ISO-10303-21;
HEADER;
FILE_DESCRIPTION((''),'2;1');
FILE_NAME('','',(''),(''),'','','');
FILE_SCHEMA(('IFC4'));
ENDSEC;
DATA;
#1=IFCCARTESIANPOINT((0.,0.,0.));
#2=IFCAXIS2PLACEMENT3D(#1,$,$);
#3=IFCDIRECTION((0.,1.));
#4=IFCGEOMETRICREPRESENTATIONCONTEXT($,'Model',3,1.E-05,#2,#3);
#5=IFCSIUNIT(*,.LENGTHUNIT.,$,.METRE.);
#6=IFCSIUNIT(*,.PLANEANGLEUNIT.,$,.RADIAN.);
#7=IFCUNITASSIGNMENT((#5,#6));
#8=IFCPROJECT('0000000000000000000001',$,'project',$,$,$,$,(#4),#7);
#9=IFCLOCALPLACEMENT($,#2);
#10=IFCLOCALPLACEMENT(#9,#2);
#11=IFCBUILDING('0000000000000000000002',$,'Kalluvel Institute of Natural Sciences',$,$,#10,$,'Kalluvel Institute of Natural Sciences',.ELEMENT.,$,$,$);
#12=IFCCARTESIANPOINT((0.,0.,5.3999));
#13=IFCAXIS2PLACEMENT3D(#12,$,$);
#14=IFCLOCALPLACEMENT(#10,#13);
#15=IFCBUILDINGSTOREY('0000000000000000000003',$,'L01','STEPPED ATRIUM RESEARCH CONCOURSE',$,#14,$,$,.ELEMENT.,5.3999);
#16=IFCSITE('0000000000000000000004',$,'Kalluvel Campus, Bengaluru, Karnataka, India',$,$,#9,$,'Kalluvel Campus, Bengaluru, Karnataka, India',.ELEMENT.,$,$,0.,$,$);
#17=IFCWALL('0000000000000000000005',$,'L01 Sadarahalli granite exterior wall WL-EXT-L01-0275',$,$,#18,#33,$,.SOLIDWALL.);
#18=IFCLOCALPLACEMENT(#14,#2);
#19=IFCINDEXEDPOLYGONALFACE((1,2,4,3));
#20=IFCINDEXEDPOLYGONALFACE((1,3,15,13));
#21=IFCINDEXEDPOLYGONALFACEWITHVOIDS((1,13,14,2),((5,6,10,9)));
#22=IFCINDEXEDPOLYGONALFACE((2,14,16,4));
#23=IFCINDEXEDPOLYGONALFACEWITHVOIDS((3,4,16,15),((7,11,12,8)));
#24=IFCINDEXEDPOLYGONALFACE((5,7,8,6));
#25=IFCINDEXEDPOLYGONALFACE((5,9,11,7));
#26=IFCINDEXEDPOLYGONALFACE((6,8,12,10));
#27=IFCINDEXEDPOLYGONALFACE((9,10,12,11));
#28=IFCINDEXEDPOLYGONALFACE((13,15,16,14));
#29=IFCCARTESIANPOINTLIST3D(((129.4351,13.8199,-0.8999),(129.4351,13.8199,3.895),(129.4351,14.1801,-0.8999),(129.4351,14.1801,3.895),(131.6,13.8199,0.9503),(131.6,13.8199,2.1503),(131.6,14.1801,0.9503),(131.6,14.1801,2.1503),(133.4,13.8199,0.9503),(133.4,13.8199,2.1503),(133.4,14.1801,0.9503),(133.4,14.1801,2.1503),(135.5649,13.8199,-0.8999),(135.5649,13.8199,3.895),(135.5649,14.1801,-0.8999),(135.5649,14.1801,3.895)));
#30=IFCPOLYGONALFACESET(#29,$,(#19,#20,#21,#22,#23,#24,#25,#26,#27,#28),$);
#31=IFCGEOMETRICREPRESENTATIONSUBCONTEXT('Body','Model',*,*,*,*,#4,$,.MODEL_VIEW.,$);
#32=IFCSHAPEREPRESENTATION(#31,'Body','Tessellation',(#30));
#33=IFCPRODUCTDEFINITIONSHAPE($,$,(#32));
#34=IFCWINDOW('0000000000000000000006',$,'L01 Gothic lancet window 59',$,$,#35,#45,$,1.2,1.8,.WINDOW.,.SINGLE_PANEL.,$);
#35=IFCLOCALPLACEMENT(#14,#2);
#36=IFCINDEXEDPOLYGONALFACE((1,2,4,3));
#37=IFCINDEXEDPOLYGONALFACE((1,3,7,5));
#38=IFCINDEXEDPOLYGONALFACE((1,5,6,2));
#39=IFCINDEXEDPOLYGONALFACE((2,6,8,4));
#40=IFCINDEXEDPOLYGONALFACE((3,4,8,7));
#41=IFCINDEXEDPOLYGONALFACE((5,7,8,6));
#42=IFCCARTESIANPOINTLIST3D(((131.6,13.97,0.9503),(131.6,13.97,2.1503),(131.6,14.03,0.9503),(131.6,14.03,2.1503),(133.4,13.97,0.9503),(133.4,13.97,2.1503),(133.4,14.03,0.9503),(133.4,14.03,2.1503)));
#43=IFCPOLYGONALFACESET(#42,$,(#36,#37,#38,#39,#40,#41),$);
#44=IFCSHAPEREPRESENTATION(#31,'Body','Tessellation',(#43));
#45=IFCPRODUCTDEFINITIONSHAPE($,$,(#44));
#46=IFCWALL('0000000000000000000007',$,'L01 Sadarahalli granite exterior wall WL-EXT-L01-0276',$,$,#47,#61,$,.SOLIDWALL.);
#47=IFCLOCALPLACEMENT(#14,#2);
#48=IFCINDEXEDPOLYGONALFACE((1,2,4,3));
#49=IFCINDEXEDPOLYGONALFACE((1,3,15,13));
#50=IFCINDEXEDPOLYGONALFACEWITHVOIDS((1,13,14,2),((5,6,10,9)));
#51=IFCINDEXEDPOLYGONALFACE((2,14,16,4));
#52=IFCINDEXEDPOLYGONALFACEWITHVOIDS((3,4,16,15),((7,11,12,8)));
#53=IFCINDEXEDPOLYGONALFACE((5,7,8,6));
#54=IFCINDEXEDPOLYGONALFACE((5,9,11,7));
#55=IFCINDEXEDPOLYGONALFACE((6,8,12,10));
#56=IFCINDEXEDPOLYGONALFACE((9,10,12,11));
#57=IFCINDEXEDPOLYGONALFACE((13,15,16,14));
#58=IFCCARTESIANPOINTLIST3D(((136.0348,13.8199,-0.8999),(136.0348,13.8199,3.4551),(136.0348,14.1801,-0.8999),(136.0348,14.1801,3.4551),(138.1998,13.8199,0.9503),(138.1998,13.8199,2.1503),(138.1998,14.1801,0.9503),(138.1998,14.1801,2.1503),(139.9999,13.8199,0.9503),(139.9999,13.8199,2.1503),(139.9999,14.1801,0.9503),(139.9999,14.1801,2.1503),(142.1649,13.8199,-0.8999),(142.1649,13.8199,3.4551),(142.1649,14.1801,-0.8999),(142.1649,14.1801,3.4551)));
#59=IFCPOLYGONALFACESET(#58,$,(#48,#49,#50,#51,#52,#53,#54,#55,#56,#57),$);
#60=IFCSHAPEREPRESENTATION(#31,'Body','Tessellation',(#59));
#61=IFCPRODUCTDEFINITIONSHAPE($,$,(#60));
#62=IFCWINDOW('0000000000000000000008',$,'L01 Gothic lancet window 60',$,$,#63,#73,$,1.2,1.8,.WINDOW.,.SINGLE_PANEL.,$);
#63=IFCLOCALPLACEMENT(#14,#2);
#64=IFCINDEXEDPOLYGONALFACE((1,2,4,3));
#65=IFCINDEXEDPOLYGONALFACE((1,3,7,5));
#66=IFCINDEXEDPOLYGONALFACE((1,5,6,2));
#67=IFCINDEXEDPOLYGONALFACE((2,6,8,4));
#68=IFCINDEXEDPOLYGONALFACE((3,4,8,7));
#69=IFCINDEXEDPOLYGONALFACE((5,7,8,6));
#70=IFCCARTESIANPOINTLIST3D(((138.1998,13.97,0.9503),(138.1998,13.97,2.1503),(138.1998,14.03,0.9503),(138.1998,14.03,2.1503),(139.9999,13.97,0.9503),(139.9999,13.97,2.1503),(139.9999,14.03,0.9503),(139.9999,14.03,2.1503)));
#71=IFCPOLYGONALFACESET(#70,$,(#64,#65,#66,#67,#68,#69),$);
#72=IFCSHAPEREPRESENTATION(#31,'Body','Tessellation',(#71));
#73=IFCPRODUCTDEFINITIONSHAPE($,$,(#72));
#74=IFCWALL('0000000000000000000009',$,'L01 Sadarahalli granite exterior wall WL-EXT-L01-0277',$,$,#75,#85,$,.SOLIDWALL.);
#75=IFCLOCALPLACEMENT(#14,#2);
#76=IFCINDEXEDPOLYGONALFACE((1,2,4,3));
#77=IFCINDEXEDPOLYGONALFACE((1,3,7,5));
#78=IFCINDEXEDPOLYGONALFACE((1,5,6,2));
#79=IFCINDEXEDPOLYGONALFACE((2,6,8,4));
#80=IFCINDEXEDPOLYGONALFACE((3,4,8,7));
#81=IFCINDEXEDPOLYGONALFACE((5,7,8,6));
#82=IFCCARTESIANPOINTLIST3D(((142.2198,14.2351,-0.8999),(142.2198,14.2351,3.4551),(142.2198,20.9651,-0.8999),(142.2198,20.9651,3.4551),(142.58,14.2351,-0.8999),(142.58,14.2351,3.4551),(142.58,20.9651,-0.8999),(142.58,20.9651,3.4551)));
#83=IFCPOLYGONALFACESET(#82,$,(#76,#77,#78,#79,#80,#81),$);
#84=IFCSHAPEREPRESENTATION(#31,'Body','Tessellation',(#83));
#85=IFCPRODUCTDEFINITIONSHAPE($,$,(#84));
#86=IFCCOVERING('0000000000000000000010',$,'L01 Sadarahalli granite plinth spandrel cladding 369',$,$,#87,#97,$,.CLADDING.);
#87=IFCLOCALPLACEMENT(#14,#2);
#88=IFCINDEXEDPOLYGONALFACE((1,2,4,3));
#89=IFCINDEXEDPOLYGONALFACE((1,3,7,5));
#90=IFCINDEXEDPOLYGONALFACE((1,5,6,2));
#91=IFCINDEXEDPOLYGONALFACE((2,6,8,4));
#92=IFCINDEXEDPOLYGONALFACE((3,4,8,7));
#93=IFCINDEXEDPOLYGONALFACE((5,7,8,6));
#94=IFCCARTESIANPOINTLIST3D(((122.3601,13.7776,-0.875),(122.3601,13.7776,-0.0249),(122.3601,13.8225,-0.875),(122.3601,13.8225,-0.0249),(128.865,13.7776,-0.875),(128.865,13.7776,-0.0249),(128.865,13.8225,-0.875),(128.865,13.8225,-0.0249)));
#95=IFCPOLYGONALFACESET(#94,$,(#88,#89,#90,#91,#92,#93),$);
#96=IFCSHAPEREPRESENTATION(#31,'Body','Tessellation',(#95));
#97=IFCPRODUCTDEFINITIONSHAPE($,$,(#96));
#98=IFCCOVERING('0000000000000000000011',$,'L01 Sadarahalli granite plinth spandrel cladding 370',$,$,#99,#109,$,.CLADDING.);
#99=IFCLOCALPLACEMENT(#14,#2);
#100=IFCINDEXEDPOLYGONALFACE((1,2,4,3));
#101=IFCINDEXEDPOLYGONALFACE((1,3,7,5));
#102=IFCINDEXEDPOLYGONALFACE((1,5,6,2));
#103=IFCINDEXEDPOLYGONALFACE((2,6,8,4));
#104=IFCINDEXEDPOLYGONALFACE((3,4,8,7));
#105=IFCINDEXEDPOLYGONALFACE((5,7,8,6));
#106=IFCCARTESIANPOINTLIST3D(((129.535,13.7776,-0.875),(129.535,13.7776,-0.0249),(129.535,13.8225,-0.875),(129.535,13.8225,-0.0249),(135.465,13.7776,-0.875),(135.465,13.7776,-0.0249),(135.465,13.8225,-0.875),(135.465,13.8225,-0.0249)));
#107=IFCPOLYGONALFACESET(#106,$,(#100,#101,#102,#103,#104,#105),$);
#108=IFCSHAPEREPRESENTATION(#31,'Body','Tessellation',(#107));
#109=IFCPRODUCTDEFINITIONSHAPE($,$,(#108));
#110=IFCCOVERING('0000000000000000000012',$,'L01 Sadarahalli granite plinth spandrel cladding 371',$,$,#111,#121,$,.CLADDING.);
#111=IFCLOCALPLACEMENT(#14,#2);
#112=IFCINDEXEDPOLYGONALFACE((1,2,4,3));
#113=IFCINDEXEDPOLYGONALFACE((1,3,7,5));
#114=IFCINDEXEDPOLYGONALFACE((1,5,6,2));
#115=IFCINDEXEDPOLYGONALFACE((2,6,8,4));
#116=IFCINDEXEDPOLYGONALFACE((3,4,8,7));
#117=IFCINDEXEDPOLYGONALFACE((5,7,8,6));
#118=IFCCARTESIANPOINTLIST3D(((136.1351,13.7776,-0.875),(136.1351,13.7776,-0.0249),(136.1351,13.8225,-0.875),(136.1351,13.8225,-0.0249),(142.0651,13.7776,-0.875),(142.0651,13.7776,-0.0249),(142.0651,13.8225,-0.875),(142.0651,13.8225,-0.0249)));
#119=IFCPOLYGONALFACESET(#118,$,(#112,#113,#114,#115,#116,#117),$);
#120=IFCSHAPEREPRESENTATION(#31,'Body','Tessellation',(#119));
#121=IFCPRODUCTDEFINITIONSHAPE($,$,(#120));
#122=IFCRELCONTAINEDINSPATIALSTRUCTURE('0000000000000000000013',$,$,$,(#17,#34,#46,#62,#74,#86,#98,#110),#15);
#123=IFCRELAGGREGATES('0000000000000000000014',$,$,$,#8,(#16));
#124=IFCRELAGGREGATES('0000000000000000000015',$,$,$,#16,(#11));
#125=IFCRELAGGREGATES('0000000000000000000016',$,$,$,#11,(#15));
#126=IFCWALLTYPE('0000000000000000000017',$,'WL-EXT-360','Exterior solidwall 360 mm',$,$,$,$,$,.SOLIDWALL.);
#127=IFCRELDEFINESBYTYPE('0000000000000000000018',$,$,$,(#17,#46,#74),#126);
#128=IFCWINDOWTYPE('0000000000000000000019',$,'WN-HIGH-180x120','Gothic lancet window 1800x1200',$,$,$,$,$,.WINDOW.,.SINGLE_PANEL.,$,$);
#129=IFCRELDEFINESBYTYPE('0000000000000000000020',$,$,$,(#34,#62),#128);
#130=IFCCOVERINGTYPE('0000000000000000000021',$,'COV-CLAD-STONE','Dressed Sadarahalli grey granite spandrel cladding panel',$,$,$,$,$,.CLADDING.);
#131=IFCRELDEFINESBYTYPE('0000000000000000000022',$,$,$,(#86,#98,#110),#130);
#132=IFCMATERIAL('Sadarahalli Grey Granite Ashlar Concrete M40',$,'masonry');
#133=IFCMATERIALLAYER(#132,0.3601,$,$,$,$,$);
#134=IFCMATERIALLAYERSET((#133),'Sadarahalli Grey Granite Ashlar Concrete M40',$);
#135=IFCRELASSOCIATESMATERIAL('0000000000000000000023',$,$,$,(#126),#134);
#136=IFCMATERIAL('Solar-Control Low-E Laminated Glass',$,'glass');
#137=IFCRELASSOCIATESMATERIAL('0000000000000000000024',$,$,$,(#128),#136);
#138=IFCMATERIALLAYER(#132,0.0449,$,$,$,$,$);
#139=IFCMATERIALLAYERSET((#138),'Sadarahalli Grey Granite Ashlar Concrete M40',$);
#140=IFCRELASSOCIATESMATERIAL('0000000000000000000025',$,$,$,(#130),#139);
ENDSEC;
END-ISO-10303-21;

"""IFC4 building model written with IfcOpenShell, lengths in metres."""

from ifc_helpers import new_model, si_unit, direction, frame, frame_2d, origin, origin_2d, place, context, subcontext, project, spatial, rectangle, extrude, material, layer, layer_set, type_object, element, fill, save


model = new_model("IFC4")

# Units and contexts
model_context = context("Model", 3, precision=1e-05, world=origin(), true_north=direction((0.0, 1.0)))
body_context = subcontext(model_context, "Body", "Model", "MODEL_VIEW")
ifc_project = project(units=[si_unit("LENGTHUNIT", "METRE"), si_unit("PLANEANGLEUNIT", "RADIAN")], contexts=[model_context])

# Site, building, storey
site_placement = place(None, origin())
site = spatial("IfcSite", under=ifc_project, at=site_placement, Name="Kalluvel Campus, Bengaluru, Karnataka, India", LongName="Kalluvel Campus, Bengaluru, Karnataka, India", CompositionType="ELEMENT", RefElevation=0.0)
building_placement = place(site_placement, origin())
building = spatial("IfcBuilding", under=site, at=building_placement, Name="Kalluvel Institute of Natural Sciences", LongName="Kalluvel Institute of Natural Sciences", CompositionType="ELEMENT")
storey_placement = place(building_placement, frame((0.0, 0.0, 5.3999)))
storey = spatial("IfcBuildingStorey", under=building, at=storey_placement, Name="L01", Description="STEPPED ATRIUM RESEARCH CONCOURSE", CompositionType="ELEMENT", Elevation=5.3999)

# Walls, openings, windows
ifc_material_1 = material(Name="Sadarahalli Grey Granite Ashlar Concrete M40", Category="masonry")
ifc_layer_1 = layer(ifc_material_1, 0.3601)
ifc_layer_set_1 = layer_set([ifc_layer_1], Name="Sadarahalli Grey Granite Ashlar Concrete M40")
wall_type = type_object("IfcWallType", Name="WL-EXT-360", Description="Exterior solidwall 360 mm", PredefinedType="SOLIDWALL", material=ifc_layer_set_1)
ifc_material_2 = material(Name="Solar-Control Low-E Laminated Glass", Category="glass")
window_type = type_object("IfcWindowType", Name="WN-HIGH-180x120", Description="Gothic lancet window 1800x1200", PartitioningType="SINGLE_PANEL", PredefinedType="WINDOW", material=ifc_material_2)
wall_1_placement = place(storey_placement, frame((129.4351, 14.0, -0.8999), z_axis=(0.0, 0.0, 1.0), x_axis=(1.0, 0.0, 0.0)))
wall_1 = element("IfcWall", 1, at=wall_1_placement, inside=storey, type_object=wall_type, Name="L01 Sadarahalli granite exterior wall WL-EXT-L01-0275", PredefinedType="SOLIDWALL", context=body_context, shape_type="SweptSolid", body=[
    extrude(rectangle(XDim=6.1299, YDim=0.3601, at=frame_2d((3.0649, 0.0))), origin(), (0.0, 0.0, 1.0), 4.7949),
])
opening_1_placement = place(wall_1_placement, frame((2.165, 0.0, 1.8501)))
opening_1 = element("IfcOpeningElement", 2, at=opening_1_placement, cuts=wall_1, PredefinedType="OPENING", context=body_context, shape_type="SweptSolid", body=[
    extrude(rectangle(XDim=1.8, YDim=1.2, at=frame_2d((0.8999, 0.6001))), frame((0.0, 0.1899, 0.0), z_axis=(0.0, -1.0, 0.0), x_axis=(1.0, 0.0, 0.0)), (0.0, 0.0, 1.0), 0.3801),
])
window_1_placement = place(opening_1_placement, origin())
window_1 = element("IfcWindow", 3, at=window_1_placement, inside=storey, type_object=window_type, Name="L01 Gothic lancet window 59", OverallHeight=1.2, OverallWidth=1.8, PartitioningType="SINGLE_PANEL", PredefinedType="WINDOW", context=body_context, shape_type="SweptSolid", body=[
    extrude(rectangle(XDim=1.8, YDim=1.2, at=frame_2d((0.8999, 0.6001))), frame((0.0, 0.03, 0.0), z_axis=(0.0, -1.0, 0.0), x_axis=(1.0, 0.0, 0.0)), (0.0, 0.0, 1.0), 0.0601),
])
fill(opening_1, window_1)
wall_2_placement = place(storey_placement, frame((136.0349, 14.0, -0.8999), z_axis=(0.0, 0.0, 1.0), x_axis=(1.0, 0.0, 0.0)))
wall_2 = element("IfcWall", 4, at=wall_2_placement, inside=storey, type_object=wall_type, Name="L01 Sadarahalli granite exterior wall WL-EXT-L01-0276", PredefinedType="SOLIDWALL", context=body_context, shape_type="SweptSolid", body=[
    extrude(rectangle(XDim=6.1301, YDim=0.3601, at=frame_2d((3.0649, 0.0))), origin(), (0.0, 0.0, 1.0), 4.355),
])
opening_2_placement = place(wall_2_placement, frame((2.165, 0.0, 1.8501)))
opening_2 = element("IfcOpeningElement", 5, at=opening_2_placement, cuts=wall_2, PredefinedType="OPENING", context=body_context, shape_type="SweptSolid", body=[
    extrude(rectangle(XDim=1.8, YDim=1.2, at=frame_2d((0.8999, 0.6001))), frame((0.0, 0.1899, 0.0), z_axis=(0.0, -1.0, 0.0), x_axis=(1.0, 0.0, 0.0)), (0.0, 0.0, 1.0), 0.3801),
])
window_2_placement = place(opening_2_placement, origin())
window_2 = element("IfcWindow", 6, at=window_2_placement, inside=storey, type_object=window_type, Name="L01 Gothic lancet window 60", OverallHeight=1.2, OverallWidth=1.8, PartitioningType="SINGLE_PANEL", PredefinedType="WINDOW", context=body_context, shape_type="SweptSolid", body=[
    extrude(rectangle(XDim=1.8, YDim=1.2, at=frame_2d((0.8999, 0.6001))), frame((0.0, 0.03, 0.0), z_axis=(0.0, -1.0, 0.0), x_axis=(1.0, 0.0, 0.0)), (0.0, 0.0, 1.0), 0.0601),
])
fill(opening_2, window_2)

# Wall
wall_3_placement = place(storey_placement, frame((142.3999, 14.2351, -0.8999), z_axis=(0.0, 0.0, 1.0), x_axis=(0.0, 1.0, 0.0)))
element("IfcWall", 7, at=wall_3_placement, inside=storey, type_object=wall_type, Name="L01 Sadarahalli granite exterior wall WL-EXT-L01-0277", PredefinedType="SOLIDWALL", context=body_context, shape_type="SweptSolid", body=[
    extrude(rectangle(XDim=6.73, YDim=0.3601, at=frame_2d((3.365, 0.0))), origin(), (0.0, 0.0, 1.0), 4.355),
])

# Coverings
ifc_layer_2 = layer(ifc_material_1, 0.0449)
ifc_layer_set_2 = layer_set([ifc_layer_2], Name="Sadarahalli Grey Granite Ashlar Concrete M40")
covering_type = type_object("IfcCoveringType", Name="COV-CLAD-STONE", Description="Dressed Sadarahalli grey granite spandrel cladding panel", PredefinedType="CLADDING", material=ifc_layer_set_2)
covering_placement = place(storey_placement, frame((125.6125, 13.8, -0.875), z_axis=(0.0, 0.0, 1.0), x_axis=(1.0, 0.0, 0.0)))
element("IfcCovering", 8, at=covering_placement, inside=storey, type_object=covering_type, Name="L01 Sadarahalli granite plinth spandrel cladding 369", PredefinedType="CLADDING", context=body_context, shape_type="SweptSolid", body=[
    extrude(rectangle(XDim=6.5049, YDim=0.0449, at=origin_2d()), origin(), (0.0, 0.0, 1.0), 0.8501),
])
for number, where, z_axis, x_axis, name in (
    (9, (132.5, 13.8, -0.875), (0.0, 0.0, 1.0), (1.0, 0.0, 0.0), "L01 Sadarahalli granite plinth spandrel cladding 370"),
    (10, (139.1001, 13.8, -0.875), (0.0, 0.0, 1.0), (1.0, 0.0, 0.0), "L01 Sadarahalli granite plinth spandrel cladding 371"),
):
    element("IfcCovering", number, at=place(storey_placement, frame(where, z_axis=z_axis, x_axis=x_axis)), inside=storey, type_object=covering_type, Name=name, PredefinedType="CLADDING", context=body_context, shape_type="SweptSolid", body=[
        extrude(rectangle(XDim=5.9299, YDim=0.0449, at=origin_2d()), origin(), (0.0, 0.0, 1.0), 0.8501),
    ])

save(model, "model.ifc")
